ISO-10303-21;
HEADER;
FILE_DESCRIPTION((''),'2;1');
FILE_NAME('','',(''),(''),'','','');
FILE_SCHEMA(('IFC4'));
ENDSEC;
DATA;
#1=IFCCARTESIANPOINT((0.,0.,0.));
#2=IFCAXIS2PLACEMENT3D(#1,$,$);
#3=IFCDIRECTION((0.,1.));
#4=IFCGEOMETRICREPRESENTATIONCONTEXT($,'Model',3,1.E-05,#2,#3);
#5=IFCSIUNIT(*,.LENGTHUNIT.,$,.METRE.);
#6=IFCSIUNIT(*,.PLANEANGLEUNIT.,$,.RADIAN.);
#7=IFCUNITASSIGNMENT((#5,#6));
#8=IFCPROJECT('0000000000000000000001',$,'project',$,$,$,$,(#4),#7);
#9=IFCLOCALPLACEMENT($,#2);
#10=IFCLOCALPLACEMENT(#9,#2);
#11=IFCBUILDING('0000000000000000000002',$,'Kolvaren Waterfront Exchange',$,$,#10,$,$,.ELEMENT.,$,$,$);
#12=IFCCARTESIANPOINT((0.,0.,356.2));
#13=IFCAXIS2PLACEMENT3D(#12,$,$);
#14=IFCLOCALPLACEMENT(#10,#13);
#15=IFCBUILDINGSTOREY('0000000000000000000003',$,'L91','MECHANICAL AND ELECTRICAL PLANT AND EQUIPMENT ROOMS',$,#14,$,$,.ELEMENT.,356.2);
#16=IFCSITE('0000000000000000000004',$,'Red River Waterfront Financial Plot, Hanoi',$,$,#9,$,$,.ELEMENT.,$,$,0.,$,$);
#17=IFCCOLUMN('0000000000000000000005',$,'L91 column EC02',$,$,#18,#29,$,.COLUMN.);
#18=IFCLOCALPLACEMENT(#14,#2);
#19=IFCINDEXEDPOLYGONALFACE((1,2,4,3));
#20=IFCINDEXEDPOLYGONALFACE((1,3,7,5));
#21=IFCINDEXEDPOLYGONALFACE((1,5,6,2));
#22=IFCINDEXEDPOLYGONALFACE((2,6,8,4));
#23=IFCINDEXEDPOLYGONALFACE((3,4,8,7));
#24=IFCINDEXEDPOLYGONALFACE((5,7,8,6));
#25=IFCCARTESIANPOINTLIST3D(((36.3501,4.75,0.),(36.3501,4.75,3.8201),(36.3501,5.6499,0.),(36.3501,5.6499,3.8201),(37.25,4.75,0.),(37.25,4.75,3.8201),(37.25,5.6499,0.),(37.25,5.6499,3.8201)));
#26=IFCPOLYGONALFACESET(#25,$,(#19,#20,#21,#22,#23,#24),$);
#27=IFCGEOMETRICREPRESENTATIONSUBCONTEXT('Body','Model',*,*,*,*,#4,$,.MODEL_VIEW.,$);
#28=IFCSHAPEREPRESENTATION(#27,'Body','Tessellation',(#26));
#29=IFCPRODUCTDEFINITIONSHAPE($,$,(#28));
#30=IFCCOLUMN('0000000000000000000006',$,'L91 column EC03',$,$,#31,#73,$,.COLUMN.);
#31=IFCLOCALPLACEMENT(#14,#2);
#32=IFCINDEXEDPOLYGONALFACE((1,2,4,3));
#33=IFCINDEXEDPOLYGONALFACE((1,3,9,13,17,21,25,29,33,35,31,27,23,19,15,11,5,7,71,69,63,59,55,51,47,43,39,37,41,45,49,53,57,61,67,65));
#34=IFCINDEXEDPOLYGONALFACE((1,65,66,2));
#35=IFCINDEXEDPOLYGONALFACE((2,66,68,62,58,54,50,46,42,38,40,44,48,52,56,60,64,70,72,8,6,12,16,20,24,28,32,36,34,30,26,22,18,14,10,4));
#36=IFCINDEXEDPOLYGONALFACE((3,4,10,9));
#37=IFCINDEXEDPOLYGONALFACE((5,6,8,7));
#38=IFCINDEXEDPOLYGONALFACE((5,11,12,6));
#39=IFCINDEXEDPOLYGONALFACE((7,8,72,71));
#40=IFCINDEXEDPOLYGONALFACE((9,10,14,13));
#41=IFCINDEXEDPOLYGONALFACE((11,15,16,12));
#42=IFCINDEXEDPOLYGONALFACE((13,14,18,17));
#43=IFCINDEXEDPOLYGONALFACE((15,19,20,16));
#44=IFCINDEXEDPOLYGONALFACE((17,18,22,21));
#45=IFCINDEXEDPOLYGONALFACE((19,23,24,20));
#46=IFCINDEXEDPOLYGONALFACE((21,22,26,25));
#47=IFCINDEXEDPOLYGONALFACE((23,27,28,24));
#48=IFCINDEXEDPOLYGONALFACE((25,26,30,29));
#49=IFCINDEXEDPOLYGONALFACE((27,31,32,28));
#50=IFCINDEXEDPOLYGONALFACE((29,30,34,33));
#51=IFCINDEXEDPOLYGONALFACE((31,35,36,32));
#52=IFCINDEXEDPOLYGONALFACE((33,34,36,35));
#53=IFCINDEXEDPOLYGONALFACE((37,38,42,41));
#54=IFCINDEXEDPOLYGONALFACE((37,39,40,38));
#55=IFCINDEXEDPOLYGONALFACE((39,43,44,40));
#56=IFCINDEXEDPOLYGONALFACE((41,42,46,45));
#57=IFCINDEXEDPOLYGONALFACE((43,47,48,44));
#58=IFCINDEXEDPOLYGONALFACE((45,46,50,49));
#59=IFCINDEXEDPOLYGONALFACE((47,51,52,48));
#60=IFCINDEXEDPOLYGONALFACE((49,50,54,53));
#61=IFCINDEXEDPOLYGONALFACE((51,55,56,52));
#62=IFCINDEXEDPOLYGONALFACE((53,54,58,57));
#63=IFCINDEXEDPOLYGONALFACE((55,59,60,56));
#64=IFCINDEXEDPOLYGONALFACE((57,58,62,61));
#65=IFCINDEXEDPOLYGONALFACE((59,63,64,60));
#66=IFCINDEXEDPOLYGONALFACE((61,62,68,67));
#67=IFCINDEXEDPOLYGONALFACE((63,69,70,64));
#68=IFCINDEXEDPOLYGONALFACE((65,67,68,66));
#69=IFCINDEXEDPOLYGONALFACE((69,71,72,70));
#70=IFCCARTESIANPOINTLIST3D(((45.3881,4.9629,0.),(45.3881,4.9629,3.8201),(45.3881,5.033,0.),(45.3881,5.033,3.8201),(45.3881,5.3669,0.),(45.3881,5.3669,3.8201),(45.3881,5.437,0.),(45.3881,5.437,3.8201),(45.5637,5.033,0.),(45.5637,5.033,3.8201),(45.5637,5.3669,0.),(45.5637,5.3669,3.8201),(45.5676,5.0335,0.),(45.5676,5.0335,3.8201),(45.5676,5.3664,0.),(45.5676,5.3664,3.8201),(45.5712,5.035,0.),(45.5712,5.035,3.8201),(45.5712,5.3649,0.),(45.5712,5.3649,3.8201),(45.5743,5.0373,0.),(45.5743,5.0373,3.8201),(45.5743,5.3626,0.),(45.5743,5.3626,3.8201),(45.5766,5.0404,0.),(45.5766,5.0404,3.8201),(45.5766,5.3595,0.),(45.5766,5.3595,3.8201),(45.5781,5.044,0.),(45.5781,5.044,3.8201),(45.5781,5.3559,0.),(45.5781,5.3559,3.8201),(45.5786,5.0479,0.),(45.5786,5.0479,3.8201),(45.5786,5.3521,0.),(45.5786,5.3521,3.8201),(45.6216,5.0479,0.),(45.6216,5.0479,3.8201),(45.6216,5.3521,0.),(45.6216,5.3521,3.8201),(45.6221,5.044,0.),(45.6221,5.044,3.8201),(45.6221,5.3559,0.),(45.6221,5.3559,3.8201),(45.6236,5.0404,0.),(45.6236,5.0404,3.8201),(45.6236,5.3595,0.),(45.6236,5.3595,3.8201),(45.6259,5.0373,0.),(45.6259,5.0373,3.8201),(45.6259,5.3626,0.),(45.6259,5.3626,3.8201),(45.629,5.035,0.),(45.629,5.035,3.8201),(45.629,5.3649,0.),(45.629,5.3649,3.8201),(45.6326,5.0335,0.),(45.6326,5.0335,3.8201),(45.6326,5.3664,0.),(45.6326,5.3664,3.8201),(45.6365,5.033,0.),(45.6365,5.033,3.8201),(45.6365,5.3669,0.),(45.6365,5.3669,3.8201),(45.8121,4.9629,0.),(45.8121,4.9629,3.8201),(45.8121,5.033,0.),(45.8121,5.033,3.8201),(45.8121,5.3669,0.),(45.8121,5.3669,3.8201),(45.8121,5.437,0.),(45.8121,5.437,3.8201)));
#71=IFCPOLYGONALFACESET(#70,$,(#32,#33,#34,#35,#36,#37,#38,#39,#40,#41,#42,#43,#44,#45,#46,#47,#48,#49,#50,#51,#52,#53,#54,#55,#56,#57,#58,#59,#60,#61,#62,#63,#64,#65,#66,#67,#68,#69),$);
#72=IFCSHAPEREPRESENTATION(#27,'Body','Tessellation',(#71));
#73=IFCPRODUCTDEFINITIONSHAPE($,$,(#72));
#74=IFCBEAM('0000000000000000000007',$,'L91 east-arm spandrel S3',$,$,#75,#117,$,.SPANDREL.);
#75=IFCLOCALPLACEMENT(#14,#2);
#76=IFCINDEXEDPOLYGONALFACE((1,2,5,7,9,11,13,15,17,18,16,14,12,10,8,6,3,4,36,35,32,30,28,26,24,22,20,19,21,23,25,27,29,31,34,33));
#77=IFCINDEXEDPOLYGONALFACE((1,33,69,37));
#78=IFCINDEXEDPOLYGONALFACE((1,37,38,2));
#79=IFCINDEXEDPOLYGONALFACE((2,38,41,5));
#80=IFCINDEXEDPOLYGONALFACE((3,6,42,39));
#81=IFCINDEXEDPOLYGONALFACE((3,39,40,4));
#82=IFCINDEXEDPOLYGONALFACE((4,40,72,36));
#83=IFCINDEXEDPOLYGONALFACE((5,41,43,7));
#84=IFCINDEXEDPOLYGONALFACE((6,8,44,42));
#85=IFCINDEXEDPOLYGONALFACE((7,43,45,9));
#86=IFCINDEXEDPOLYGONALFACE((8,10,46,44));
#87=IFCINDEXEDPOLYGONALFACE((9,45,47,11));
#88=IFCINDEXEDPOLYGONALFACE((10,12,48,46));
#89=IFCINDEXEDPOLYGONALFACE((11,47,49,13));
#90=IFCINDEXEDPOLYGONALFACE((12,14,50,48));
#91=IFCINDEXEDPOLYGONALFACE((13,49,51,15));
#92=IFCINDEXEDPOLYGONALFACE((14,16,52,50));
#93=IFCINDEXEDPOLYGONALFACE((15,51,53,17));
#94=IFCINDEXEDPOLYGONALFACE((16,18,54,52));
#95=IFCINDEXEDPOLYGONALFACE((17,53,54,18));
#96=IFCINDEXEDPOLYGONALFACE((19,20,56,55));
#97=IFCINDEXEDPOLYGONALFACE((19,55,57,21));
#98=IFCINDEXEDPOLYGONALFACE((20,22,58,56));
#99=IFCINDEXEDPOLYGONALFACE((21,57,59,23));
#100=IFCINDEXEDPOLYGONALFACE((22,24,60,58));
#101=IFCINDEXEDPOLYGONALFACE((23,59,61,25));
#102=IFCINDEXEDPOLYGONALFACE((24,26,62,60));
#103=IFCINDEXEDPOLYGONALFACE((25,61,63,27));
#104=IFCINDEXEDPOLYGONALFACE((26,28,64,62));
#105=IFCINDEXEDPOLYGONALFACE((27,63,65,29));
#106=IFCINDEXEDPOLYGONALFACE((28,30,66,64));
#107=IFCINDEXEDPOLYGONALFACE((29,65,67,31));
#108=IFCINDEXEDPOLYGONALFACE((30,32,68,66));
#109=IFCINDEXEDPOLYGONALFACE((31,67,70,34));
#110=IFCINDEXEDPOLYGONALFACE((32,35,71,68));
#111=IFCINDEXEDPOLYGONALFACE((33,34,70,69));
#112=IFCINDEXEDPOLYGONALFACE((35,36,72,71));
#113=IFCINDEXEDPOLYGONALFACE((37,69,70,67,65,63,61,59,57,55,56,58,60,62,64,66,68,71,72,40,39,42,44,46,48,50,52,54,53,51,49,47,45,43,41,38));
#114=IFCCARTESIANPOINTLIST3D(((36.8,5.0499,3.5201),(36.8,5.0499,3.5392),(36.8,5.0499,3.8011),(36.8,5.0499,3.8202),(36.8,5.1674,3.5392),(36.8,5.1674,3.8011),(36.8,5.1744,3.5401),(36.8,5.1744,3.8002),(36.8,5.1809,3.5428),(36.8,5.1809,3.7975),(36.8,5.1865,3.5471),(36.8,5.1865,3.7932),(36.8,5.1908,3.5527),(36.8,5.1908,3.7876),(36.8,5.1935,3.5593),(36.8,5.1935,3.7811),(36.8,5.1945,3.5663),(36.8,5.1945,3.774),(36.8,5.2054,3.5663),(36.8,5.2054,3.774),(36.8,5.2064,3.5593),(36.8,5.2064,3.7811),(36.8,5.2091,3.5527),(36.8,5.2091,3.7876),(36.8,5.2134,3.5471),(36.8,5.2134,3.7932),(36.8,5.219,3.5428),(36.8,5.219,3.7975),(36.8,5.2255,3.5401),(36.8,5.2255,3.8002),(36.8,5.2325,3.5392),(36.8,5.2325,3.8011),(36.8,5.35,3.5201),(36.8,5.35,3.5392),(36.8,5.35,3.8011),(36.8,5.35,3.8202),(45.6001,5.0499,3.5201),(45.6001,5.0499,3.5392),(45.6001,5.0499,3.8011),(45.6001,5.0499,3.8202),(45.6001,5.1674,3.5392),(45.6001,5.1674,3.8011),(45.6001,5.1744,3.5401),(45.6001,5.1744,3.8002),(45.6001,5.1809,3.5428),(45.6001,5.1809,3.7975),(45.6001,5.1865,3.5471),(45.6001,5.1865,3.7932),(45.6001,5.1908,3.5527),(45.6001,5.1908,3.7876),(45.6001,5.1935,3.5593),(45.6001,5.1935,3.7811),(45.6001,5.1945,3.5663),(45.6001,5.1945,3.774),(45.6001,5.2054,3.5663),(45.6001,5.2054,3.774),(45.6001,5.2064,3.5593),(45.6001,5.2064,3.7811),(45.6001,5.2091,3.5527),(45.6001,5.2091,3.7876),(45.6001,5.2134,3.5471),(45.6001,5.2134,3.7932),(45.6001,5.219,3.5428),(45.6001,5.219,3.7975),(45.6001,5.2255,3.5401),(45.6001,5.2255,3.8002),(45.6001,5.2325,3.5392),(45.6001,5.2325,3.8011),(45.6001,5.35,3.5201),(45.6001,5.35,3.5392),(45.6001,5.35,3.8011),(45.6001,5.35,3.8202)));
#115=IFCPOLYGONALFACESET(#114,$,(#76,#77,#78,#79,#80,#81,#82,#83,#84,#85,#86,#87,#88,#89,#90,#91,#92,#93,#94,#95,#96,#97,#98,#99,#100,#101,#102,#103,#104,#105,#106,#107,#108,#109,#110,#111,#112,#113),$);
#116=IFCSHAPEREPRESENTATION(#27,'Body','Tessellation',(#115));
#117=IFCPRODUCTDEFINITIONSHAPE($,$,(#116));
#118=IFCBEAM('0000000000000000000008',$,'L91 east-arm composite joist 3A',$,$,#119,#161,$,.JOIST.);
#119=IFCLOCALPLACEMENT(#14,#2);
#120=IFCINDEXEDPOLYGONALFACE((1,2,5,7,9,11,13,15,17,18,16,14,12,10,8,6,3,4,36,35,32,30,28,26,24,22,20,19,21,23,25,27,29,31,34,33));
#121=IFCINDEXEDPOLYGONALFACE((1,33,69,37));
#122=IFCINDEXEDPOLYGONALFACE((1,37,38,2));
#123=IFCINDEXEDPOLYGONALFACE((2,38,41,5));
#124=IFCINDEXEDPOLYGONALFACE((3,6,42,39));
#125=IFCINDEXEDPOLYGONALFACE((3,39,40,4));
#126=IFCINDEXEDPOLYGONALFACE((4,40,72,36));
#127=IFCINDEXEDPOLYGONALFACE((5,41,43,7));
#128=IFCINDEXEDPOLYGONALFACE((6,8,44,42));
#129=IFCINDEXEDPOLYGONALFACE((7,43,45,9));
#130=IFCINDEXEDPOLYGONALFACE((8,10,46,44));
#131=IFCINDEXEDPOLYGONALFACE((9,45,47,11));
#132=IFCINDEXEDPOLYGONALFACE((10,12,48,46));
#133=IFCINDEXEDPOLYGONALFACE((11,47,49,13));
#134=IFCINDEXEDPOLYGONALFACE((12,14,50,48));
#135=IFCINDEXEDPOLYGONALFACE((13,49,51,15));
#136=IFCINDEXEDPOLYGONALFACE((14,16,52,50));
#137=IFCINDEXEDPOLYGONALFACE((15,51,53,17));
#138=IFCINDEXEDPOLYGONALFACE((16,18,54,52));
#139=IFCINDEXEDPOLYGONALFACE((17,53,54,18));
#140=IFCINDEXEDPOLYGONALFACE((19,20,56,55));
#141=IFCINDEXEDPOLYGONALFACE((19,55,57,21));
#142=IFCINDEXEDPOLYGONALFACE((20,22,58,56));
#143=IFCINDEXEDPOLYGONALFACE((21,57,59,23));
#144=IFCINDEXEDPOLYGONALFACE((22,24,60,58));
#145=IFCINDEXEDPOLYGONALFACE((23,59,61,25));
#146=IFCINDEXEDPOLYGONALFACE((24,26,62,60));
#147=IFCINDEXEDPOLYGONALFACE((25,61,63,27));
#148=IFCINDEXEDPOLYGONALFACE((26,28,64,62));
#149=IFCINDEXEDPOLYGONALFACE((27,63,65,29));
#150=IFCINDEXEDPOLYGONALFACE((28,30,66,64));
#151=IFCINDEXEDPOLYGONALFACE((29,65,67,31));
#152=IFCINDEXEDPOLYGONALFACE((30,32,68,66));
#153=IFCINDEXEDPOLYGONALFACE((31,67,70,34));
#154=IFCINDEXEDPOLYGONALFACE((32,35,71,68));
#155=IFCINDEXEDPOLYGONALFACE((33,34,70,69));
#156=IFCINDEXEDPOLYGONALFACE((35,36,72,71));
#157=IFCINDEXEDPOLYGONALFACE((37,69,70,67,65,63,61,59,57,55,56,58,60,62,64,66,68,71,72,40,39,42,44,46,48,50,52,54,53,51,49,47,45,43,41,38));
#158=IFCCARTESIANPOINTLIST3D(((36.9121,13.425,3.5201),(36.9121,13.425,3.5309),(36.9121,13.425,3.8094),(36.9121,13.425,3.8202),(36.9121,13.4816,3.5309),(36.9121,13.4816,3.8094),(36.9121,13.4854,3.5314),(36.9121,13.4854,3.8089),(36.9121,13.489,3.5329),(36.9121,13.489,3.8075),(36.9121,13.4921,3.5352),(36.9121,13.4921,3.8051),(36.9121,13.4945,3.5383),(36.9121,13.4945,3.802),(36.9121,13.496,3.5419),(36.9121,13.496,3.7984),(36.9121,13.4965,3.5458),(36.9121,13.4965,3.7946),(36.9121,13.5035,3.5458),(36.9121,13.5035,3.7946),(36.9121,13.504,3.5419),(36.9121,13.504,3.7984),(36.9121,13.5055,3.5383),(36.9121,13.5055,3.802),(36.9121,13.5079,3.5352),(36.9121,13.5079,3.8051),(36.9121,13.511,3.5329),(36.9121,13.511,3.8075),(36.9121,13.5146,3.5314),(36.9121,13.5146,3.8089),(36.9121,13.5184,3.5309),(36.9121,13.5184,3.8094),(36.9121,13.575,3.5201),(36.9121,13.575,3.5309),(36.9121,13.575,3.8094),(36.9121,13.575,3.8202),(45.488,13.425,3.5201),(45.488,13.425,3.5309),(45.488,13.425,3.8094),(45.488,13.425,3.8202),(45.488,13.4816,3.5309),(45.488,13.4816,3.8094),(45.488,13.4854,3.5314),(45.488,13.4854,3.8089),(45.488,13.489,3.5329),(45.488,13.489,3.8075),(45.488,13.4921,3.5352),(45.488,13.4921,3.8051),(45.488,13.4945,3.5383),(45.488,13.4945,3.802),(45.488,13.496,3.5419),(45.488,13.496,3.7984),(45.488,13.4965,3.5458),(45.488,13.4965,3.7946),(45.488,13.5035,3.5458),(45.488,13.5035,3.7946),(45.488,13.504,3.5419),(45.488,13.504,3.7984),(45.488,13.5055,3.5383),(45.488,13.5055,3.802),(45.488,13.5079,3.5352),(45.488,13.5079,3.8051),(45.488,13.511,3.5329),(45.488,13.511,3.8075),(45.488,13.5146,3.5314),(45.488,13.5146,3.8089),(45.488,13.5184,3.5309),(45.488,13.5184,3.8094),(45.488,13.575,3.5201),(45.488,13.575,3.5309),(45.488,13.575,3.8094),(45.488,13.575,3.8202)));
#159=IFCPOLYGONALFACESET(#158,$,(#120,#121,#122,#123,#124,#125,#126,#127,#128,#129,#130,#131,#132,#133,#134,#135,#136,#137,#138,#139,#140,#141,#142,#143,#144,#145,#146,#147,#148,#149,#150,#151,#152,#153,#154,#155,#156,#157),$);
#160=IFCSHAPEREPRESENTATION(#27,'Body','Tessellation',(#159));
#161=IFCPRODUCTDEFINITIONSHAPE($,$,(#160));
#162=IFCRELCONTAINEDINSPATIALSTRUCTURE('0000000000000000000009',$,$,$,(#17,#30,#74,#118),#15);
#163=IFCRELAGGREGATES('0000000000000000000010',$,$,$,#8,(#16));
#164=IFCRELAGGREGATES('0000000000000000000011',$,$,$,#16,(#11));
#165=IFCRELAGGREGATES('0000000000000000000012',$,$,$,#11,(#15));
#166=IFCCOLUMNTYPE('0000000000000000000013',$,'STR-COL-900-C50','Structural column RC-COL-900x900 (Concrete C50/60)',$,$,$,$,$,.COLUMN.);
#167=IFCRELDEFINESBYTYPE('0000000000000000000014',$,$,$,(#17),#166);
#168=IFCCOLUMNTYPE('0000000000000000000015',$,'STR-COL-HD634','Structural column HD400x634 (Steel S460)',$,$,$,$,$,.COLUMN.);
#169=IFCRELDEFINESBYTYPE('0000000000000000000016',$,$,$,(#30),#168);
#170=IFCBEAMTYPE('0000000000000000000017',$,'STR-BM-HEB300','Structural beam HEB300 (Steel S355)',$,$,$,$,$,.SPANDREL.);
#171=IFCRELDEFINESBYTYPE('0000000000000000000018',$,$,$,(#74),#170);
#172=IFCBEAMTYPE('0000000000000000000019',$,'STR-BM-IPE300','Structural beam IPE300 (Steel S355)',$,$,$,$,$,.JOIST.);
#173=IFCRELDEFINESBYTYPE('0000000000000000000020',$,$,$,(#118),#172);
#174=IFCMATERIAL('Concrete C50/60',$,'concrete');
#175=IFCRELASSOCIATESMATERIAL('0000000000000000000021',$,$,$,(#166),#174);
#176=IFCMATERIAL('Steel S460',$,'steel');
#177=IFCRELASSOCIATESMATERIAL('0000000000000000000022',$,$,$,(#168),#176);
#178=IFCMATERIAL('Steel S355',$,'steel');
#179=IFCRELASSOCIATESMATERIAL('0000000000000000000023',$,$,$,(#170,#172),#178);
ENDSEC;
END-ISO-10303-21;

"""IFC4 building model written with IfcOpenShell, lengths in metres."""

from ifc_helpers import new_model, si_unit, direction, frame, origin, origin_2d, place, context, subcontext, project, spatial, rectangle, i_section, extrude, material, material_profile, profile_set, type_object, element, save


model = new_model("IFC4")

# Units and contexts
model_context = context("Model", 3, precision=1e-05, world=origin(), true_north=direction((0.0, 1.0)))
body_context = subcontext(model_context, "Body", "Model", "MODEL_VIEW")
ifc_project = project(units=[si_unit("LENGTHUNIT", "METRE"), si_unit("PLANEANGLEUNIT", "RADIAN")], contexts=[model_context])

# Site, building, storey
site_placement = place(None, origin())
site = spatial("IfcSite", under=ifc_project, at=site_placement, Name="Red River Waterfront Financial Plot, Hanoi", CompositionType="ELEMENT", RefElevation=0.0)
building_placement = place(site_placement, origin())
building = spatial("IfcBuilding", under=site, at=building_placement, Name="Kolvaren Waterfront Exchange", CompositionType="ELEMENT")
storey_placement = place(building_placement, frame((0.0, 0.0, 356.2)))
storey = spatial("IfcBuildingStorey", under=building, at=storey_placement, Name="L91", Description="MECHANICAL AND ELECTRICAL PLANT AND EQUIPMENT ROOMS", CompositionType="ELEMENT", Elevation=356.2)

# Columns
ifc_material_1 = material(Name="Concrete C50/60", Category="concrete")
ifc_material_profile_1 = material_profile(ifc_material_1, rectangle(XDim=0.8999, YDim=0.8999, at=origin_2d()), Name="RC-COL-900x900")
ifc_profile_set_1 = profile_set([ifc_material_profile_1], Name="Concrete C50/60")
column_type_1 = type_object("IfcColumnType", Name="STR-COL-900-C50", Description="Structural column RC-COL-900x900 (Concrete C50/60)", PredefinedType="COLUMN", material=ifc_profile_set_1)
column_1_placement = place(storey_placement, frame((36.8, 5.2, 0.0), z_axis=(0.0, 0.0, 1.0), x_axis=(1.0, 0.0, 0.0)))
element("IfcColumn", 1, at=column_1_placement, inside=storey, type_object=column_type_1, Name="L91 column EC02", PredefinedType="COLUMN", context=body_context, shape_type="SweptSolid", body=[
    extrude(rectangle(XDim=0.8999, YDim=0.8999, at=origin_2d()), origin(), (0.0, 0.0, 1.0), 3.8201),
])
ifc_material_2 = material(Name="Steel S460", Category="steel")
ifc_material_profile_2 = material_profile(ifc_material_2, i_section(OverallWidth=0.4241, OverallDepth=0.4741, WebThickness=0.043, FlangeThickness=0.0701, FilletRadius=0.0149, at=origin_2d()), Name="HD400x634")
ifc_profile_set_2 = profile_set([ifc_material_profile_2], Name="Steel S460")
column_type_2 = type_object("IfcColumnType", Name="STR-COL-HD634", Description="Structural column HD400x634 (Steel S460)", PredefinedType="COLUMN", material=ifc_profile_set_2)
column_2_placement = place(storey_placement, frame((45.6001, 5.2, 0.0), z_axis=(0.0, 0.0, 1.0), x_axis=(1.0, 0.0, 0.0)))
element("IfcColumn", 2, at=column_2_placement, inside=storey, type_object=column_type_2, Name="L91 column EC03", PredefinedType="COLUMN", context=body_context, shape_type="SweptSolid", body=[
    extrude(i_section(OverallWidth=0.4241, OverallDepth=0.4741, WebThickness=0.043, FlangeThickness=0.0701, FilletRadius=0.0149, at=origin_2d()), origin(), (0.0, 0.0, 1.0), 3.8201),
])

# Beams
ifc_material_3 = material(Name="Steel S355", Category="steel")
ifc_material_profile_3 = material_profile(ifc_material_3, i_section(OverallWidth=0.3, OverallDepth=0.3, WebThickness=0.011, FlangeThickness=0.019, FilletRadius=0.0271, at=origin_2d()), Name="HEB300")
ifc_profile_set_3 = profile_set([ifc_material_profile_3], Name="Steel S355")
beam_type_1 = type_object("IfcBeamType", Name="STR-BM-HEB300", Description="Structural beam HEB300 (Steel S355)", PredefinedType="SPANDREL", material=ifc_profile_set_3)
beam_placement = place(storey_placement, frame((36.8, 5.2, 3.6702), z_axis=(1.0, 0.0, 0.0), x_axis=(0.0, 1.0, 0.0)))
element("IfcBeam", 3, at=beam_placement, inside=storey, type_object=beam_type_1, Name="L91 east-arm spandrel S3", PredefinedType="SPANDREL", context=body_context, shape_type="SweptSolid", body=[
    extrude(i_section(OverallWidth=0.3, OverallDepth=0.3, WebThickness=0.011, FlangeThickness=0.019, FilletRadius=0.0271, at=origin_2d()), origin(), (0.0, 0.0, 1.0), 8.8),
])
ifc_material_profile_4 = material_profile(ifc_material_3, i_section(OverallWidth=0.1499, OverallDepth=0.3, WebThickness=0.0071, FlangeThickness=0.0107, FilletRadius=0.0149, at=origin_2d()), Name="IPE300")
ifc_profile_set_4 = profile_set([ifc_material_profile_4], Name="Steel S355")
beam_type_2 = type_object("IfcBeamType", Name="STR-BM-IPE300", Description="Structural beam IPE300 (Steel S355)", PredefinedType="JOIST", material=ifc_profile_set_4)
for number, where, z_axis, x_axis, name in (
    (4, (36.9121, 13.5, 3.6702), (1.0, 0.0, 0.0), (0.0, 1.0, 0.0), "L91 east-arm composite joist 3A"),
):
    element("IfcBeam", number, at=place(storey_placement, frame(where, z_axis=z_axis, x_axis=x_axis)), inside=storey, type_object=beam_type_2, Name=name, PredefinedType="JOIST", context=body_context, shape_type="SweptSolid", body=[
        extrude(i_section(OverallWidth=0.1499, OverallDepth=0.3, WebThickness=0.0071, FlangeThickness=0.0107, FilletRadius=0.0149, at=origin_2d()), origin(), (0.0, 0.0, 1.0), 8.5759),
    ])

save(model, "model.ifc")
